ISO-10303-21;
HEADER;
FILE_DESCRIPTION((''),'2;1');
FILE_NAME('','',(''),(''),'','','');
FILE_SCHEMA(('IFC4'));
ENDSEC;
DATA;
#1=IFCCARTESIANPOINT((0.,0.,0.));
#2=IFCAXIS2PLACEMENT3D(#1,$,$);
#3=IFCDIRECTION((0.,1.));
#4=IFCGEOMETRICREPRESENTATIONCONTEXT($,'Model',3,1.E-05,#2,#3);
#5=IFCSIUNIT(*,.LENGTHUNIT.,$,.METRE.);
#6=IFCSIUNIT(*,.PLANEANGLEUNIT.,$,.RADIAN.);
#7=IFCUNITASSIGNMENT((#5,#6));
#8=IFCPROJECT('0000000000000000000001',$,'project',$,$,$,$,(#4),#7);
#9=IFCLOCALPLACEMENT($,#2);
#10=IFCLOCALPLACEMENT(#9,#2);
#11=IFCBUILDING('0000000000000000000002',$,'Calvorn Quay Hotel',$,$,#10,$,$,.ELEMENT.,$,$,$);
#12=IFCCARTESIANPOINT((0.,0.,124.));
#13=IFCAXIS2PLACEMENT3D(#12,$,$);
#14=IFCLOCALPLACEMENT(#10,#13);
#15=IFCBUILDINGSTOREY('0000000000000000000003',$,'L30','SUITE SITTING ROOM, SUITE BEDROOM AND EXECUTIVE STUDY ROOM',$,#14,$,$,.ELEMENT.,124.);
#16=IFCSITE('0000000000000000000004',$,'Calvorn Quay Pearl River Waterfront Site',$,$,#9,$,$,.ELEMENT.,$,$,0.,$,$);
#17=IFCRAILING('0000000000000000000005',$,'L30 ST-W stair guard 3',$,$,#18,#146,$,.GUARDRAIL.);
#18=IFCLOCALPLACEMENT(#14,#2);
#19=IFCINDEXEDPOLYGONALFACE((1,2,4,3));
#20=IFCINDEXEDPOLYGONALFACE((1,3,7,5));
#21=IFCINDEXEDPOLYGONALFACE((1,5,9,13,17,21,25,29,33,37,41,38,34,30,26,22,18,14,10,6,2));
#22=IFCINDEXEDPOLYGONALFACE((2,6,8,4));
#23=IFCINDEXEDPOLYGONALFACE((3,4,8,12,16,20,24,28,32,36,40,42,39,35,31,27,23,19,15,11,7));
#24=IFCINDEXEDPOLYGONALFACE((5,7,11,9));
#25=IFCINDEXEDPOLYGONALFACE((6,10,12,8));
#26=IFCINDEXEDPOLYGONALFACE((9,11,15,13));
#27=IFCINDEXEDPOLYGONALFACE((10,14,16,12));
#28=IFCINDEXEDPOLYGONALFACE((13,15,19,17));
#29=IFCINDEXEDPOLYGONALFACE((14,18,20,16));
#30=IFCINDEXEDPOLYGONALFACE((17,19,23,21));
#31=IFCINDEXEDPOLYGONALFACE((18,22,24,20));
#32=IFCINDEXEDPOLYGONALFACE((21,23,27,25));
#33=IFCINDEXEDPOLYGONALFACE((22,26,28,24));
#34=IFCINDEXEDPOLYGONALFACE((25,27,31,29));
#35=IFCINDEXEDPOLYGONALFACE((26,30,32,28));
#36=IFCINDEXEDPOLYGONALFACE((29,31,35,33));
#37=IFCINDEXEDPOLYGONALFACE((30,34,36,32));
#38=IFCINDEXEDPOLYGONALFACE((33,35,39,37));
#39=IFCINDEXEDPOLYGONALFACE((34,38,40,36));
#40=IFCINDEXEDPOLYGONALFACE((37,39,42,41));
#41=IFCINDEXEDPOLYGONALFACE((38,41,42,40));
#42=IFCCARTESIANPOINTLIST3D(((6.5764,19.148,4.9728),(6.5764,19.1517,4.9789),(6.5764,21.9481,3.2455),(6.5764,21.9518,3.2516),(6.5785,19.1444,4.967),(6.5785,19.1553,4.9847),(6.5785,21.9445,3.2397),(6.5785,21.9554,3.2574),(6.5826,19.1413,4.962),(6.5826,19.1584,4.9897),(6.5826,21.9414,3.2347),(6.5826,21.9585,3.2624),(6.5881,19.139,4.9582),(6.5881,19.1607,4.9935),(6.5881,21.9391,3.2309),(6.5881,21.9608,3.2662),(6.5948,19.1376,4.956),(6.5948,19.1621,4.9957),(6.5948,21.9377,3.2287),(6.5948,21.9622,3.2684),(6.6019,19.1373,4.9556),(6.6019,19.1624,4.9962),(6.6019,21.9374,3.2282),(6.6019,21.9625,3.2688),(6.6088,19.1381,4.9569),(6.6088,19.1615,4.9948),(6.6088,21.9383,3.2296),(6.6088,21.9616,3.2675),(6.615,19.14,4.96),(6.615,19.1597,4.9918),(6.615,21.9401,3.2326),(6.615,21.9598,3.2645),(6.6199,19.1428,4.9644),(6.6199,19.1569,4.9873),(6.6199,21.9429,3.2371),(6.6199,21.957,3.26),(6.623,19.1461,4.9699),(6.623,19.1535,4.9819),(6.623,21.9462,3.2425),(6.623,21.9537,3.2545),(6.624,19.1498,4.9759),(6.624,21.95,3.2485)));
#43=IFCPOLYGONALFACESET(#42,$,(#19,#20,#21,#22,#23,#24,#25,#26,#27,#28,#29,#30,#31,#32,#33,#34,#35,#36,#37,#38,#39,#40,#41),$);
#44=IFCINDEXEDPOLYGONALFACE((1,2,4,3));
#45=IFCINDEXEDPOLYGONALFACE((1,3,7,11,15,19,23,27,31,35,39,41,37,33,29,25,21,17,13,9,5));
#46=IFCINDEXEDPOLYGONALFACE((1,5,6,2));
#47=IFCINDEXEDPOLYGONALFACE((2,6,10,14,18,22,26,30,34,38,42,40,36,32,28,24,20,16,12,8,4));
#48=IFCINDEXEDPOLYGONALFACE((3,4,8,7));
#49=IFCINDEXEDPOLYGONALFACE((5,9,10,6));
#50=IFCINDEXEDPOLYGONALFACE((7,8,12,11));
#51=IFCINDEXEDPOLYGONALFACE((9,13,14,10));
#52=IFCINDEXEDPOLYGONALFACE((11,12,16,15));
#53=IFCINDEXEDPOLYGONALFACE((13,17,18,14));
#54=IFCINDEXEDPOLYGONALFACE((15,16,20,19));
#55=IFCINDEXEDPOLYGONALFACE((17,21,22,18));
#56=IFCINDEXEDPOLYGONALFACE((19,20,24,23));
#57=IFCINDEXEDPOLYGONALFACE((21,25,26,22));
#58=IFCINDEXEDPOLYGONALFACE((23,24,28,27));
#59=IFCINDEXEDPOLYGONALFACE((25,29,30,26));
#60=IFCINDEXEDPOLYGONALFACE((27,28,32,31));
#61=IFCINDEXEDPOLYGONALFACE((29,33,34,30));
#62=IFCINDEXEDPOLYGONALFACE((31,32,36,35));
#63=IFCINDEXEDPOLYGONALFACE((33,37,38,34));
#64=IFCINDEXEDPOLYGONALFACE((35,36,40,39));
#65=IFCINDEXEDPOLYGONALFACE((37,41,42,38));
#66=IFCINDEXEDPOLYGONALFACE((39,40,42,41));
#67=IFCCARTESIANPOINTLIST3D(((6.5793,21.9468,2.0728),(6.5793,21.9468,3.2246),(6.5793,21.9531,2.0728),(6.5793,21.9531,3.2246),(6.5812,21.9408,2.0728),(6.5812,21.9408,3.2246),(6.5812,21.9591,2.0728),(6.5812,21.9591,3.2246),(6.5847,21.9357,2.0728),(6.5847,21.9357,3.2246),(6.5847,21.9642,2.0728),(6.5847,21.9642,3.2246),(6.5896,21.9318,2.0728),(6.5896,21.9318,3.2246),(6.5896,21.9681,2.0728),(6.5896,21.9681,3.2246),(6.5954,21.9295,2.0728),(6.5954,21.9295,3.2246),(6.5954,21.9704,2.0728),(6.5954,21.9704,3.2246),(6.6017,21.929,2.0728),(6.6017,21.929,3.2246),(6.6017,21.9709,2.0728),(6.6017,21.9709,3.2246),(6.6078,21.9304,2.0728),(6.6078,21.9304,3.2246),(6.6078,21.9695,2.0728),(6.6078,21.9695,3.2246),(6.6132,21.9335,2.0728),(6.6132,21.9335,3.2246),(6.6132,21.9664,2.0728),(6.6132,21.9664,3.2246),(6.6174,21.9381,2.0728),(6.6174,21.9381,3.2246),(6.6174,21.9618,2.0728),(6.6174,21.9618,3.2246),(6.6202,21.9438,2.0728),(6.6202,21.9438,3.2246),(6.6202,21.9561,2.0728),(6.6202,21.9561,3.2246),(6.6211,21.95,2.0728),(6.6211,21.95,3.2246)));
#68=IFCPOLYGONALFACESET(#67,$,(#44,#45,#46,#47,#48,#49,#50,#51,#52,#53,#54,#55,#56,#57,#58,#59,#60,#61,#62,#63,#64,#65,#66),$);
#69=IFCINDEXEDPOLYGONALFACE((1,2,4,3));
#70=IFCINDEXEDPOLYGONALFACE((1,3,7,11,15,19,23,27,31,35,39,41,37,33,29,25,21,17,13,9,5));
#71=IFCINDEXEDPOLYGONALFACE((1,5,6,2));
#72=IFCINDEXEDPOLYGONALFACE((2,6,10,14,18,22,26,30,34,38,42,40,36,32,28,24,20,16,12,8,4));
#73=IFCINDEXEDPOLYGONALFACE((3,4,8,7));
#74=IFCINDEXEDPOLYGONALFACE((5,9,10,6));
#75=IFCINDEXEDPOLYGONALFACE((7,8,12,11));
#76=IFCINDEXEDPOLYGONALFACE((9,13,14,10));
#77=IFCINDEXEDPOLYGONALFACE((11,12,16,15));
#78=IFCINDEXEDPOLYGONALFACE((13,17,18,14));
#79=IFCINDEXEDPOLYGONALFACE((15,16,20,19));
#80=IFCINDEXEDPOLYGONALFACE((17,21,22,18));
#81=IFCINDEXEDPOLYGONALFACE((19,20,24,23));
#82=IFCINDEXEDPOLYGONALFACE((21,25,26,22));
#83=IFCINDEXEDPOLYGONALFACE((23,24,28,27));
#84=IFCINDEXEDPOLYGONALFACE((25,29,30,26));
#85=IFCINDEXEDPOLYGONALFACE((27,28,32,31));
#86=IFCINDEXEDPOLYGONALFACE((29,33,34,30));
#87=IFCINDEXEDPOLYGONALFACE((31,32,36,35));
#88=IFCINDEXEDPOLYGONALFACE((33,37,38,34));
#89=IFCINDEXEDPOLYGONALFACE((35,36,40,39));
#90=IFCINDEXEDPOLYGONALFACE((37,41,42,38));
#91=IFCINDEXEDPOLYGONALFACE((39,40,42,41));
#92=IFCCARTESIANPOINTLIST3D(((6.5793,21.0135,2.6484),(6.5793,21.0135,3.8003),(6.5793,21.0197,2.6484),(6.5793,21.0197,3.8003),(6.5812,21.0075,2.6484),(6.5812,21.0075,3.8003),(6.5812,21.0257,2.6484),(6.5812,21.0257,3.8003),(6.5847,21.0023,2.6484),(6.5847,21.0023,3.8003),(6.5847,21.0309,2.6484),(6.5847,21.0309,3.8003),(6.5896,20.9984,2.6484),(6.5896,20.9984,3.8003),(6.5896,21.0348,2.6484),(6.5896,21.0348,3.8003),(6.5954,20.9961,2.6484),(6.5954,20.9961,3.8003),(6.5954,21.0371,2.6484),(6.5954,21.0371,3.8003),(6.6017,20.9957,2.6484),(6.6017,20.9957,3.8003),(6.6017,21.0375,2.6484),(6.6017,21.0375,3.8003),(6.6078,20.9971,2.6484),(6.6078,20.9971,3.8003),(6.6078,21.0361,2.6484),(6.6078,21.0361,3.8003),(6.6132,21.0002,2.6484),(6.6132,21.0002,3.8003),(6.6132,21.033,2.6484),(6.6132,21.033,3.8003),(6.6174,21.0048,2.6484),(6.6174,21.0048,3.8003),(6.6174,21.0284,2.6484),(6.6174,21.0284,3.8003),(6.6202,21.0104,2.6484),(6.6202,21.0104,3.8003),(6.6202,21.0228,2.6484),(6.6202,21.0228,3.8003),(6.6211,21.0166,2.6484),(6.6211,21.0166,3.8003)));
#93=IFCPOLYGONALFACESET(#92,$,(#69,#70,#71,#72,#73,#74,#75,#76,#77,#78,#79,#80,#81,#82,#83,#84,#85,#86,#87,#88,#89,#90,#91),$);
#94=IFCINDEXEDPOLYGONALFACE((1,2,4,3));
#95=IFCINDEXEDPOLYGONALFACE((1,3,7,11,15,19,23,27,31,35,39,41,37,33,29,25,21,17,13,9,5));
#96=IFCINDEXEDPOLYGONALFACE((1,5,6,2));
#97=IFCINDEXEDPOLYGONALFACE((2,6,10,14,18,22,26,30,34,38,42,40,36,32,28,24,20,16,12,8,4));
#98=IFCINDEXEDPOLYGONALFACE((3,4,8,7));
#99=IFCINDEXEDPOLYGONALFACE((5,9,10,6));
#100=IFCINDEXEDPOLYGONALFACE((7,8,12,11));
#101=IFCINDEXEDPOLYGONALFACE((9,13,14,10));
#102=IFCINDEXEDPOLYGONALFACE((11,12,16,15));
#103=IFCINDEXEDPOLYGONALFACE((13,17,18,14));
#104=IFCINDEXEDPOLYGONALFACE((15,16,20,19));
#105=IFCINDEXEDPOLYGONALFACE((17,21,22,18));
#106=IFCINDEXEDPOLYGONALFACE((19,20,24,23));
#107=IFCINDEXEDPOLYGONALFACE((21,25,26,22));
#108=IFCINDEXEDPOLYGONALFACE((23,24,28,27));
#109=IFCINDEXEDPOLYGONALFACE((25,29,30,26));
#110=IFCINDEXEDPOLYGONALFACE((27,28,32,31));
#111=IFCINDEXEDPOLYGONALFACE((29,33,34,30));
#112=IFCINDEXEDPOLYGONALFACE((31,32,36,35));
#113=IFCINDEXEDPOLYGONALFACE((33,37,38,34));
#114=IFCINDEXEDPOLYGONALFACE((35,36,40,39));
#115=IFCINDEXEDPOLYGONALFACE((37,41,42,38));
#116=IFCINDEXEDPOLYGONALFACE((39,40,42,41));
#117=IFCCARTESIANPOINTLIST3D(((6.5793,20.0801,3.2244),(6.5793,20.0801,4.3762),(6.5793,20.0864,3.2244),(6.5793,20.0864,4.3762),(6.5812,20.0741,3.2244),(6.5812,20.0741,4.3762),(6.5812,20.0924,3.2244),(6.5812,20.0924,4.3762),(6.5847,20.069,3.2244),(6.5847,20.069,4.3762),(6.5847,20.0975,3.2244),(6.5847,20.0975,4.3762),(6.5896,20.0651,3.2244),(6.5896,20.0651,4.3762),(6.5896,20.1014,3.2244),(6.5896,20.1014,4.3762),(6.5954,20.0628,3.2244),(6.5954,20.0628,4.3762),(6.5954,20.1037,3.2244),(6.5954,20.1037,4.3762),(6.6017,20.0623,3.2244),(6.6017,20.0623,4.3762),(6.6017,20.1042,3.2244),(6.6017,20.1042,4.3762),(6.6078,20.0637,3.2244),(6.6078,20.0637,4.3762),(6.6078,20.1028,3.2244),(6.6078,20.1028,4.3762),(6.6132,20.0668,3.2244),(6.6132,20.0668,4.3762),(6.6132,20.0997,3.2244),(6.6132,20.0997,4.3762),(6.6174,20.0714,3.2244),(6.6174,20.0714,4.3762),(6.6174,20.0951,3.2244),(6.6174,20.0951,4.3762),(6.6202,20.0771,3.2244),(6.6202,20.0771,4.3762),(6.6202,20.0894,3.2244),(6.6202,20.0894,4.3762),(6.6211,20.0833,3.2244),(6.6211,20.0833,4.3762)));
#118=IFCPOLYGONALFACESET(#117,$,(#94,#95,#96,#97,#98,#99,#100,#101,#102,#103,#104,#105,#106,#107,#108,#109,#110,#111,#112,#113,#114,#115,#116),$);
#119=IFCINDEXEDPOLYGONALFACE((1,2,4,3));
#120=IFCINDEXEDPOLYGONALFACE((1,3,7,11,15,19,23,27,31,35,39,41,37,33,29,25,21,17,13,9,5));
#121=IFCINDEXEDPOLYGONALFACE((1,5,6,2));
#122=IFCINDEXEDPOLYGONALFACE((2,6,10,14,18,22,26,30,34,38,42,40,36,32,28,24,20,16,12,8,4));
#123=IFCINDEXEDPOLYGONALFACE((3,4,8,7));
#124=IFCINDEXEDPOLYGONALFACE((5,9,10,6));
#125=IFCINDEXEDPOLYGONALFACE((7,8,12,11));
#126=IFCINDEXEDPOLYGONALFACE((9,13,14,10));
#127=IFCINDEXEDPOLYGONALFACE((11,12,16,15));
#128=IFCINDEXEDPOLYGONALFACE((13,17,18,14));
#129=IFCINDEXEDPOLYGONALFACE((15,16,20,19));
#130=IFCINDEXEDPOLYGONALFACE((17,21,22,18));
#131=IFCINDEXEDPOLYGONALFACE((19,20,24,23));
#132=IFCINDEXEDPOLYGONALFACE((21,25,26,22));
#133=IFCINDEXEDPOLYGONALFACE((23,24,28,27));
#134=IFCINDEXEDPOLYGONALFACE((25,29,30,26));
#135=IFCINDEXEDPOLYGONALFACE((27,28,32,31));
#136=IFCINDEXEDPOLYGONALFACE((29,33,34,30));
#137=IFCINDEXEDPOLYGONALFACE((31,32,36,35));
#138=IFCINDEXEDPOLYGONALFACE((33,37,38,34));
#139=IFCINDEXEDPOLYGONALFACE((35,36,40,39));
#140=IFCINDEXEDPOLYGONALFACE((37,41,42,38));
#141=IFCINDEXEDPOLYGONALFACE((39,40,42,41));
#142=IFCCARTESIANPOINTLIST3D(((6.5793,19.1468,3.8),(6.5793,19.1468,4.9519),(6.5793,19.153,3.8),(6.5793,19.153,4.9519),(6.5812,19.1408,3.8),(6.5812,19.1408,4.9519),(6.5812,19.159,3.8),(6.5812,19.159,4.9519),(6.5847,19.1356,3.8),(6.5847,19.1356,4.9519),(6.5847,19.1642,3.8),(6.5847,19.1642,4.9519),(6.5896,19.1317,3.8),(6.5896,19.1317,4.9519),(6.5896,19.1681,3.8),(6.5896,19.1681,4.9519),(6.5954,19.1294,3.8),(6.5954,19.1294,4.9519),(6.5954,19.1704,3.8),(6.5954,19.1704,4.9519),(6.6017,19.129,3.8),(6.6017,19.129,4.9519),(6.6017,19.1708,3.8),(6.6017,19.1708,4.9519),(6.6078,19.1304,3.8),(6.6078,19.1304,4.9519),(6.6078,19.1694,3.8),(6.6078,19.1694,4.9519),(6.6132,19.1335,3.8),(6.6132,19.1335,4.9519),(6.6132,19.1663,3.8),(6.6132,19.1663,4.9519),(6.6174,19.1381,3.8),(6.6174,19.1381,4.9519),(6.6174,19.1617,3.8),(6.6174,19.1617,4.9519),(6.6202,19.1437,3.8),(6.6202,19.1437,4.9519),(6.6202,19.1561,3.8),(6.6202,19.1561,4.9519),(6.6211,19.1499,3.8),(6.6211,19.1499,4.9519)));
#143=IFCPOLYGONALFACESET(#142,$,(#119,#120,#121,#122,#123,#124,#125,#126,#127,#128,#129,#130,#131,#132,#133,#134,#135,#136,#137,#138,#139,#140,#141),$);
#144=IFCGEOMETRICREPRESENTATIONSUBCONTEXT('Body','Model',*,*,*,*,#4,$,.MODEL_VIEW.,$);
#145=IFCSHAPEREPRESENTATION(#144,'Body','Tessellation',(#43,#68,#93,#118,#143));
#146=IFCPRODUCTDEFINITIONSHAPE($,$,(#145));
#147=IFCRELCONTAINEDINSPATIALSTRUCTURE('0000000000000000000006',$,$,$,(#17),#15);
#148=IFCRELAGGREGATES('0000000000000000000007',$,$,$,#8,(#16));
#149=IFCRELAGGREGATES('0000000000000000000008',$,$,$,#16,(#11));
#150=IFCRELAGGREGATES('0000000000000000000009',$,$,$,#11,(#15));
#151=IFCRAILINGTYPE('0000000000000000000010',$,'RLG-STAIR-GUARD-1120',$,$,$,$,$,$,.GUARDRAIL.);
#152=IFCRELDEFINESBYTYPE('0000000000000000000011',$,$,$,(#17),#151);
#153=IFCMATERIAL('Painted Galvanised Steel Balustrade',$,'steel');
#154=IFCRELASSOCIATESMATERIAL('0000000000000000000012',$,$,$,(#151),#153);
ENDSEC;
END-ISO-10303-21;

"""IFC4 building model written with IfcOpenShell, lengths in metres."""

from ifc_helpers import new_model, si_unit, direction, frame, origin, origin_2d, place, context, subcontext, project, spatial, circle, extrude, material, type_object, element, save


model = new_model("IFC4")

# Units and contexts
model_context = context("Model", 3, precision=1e-05, world=origin(), true_north=direction((0.0, 1.0)))
body_context = subcontext(model_context, "Body", "Model", "MODEL_VIEW")
ifc_project = project(units=[si_unit("LENGTHUNIT", "METRE"), si_unit("PLANEANGLEUNIT", "RADIAN")], contexts=[model_context])

# Site, building, storey
site_placement = place(None, origin())
site = spatial("IfcSite", under=ifc_project, at=site_placement, Name="Calvorn Quay Pearl River Waterfront Site", CompositionType="ELEMENT", RefElevation=0.0)
building_placement = place(site_placement, origin())
building = spatial("IfcBuilding", under=site, at=building_placement, Name="Calvorn Quay Hotel", CompositionType="ELEMENT")
storey_placement = place(building_placement, frame((0.0, 0.0, 124.0)))
storey = spatial("IfcBuildingStorey", under=building, at=storey_placement, Name="L30", Description="SUITE SITTING ROOM, SUITE BEDROOM AND EXECUTIVE STUDY ROOM", CompositionType="ELEMENT", Elevation=124.0)

# Railing
ifc_material_1 = material(Name="Painted Galvanised Steel Balustrade", Category="steel")
railing_type_1 = type_object("IfcRailingType", Name="RLG-STAIR-GUARD-1120", PredefinedType="GUARDRAIL", material=ifc_material_1)
railing_1_placement = place(storey_placement, frame((6.6001, 21.95, 2.0728)))
element("IfcRailing", 1, at=railing_1_placement, inside=storey, type_object=railing_type_1, Name="L30 ST-W stair guard 3", PredefinedType="GUARDRAIL", context=body_context, shape_type="SweptSolid", body=[
    extrude(circle(Radius=0.0239, at=origin_2d()), frame((0.0, 0.0, 1.1758), z_axis=(0.0, -0.85109, 0.52502), x_axis=(1.0, 0.0, 0.0)), (0.0, 0.0, 1.0), 3.29),
    extrude(circle(Radius=0.021, at=origin_2d()), origin(), (0.0, 0.0, 1.0), 1.1519),
    extrude(circle(Radius=0.021, at=origin_2d()), frame((0.0, -0.9333, 0.5757)), (0.0, 0.0, 1.0), 1.1519),
    extrude(circle(Radius=0.021, at=origin_2d()), frame((0.0, -1.8667, 1.1516)), (0.0, 0.0, 1.0), 1.1519),
    extrude(circle(Radius=0.021, at=origin_2d()), frame((0.0, -2.8, 1.7273)), (0.0, 0.0, 1.0), 1.1519),
])

save(model, "model.ifc")
